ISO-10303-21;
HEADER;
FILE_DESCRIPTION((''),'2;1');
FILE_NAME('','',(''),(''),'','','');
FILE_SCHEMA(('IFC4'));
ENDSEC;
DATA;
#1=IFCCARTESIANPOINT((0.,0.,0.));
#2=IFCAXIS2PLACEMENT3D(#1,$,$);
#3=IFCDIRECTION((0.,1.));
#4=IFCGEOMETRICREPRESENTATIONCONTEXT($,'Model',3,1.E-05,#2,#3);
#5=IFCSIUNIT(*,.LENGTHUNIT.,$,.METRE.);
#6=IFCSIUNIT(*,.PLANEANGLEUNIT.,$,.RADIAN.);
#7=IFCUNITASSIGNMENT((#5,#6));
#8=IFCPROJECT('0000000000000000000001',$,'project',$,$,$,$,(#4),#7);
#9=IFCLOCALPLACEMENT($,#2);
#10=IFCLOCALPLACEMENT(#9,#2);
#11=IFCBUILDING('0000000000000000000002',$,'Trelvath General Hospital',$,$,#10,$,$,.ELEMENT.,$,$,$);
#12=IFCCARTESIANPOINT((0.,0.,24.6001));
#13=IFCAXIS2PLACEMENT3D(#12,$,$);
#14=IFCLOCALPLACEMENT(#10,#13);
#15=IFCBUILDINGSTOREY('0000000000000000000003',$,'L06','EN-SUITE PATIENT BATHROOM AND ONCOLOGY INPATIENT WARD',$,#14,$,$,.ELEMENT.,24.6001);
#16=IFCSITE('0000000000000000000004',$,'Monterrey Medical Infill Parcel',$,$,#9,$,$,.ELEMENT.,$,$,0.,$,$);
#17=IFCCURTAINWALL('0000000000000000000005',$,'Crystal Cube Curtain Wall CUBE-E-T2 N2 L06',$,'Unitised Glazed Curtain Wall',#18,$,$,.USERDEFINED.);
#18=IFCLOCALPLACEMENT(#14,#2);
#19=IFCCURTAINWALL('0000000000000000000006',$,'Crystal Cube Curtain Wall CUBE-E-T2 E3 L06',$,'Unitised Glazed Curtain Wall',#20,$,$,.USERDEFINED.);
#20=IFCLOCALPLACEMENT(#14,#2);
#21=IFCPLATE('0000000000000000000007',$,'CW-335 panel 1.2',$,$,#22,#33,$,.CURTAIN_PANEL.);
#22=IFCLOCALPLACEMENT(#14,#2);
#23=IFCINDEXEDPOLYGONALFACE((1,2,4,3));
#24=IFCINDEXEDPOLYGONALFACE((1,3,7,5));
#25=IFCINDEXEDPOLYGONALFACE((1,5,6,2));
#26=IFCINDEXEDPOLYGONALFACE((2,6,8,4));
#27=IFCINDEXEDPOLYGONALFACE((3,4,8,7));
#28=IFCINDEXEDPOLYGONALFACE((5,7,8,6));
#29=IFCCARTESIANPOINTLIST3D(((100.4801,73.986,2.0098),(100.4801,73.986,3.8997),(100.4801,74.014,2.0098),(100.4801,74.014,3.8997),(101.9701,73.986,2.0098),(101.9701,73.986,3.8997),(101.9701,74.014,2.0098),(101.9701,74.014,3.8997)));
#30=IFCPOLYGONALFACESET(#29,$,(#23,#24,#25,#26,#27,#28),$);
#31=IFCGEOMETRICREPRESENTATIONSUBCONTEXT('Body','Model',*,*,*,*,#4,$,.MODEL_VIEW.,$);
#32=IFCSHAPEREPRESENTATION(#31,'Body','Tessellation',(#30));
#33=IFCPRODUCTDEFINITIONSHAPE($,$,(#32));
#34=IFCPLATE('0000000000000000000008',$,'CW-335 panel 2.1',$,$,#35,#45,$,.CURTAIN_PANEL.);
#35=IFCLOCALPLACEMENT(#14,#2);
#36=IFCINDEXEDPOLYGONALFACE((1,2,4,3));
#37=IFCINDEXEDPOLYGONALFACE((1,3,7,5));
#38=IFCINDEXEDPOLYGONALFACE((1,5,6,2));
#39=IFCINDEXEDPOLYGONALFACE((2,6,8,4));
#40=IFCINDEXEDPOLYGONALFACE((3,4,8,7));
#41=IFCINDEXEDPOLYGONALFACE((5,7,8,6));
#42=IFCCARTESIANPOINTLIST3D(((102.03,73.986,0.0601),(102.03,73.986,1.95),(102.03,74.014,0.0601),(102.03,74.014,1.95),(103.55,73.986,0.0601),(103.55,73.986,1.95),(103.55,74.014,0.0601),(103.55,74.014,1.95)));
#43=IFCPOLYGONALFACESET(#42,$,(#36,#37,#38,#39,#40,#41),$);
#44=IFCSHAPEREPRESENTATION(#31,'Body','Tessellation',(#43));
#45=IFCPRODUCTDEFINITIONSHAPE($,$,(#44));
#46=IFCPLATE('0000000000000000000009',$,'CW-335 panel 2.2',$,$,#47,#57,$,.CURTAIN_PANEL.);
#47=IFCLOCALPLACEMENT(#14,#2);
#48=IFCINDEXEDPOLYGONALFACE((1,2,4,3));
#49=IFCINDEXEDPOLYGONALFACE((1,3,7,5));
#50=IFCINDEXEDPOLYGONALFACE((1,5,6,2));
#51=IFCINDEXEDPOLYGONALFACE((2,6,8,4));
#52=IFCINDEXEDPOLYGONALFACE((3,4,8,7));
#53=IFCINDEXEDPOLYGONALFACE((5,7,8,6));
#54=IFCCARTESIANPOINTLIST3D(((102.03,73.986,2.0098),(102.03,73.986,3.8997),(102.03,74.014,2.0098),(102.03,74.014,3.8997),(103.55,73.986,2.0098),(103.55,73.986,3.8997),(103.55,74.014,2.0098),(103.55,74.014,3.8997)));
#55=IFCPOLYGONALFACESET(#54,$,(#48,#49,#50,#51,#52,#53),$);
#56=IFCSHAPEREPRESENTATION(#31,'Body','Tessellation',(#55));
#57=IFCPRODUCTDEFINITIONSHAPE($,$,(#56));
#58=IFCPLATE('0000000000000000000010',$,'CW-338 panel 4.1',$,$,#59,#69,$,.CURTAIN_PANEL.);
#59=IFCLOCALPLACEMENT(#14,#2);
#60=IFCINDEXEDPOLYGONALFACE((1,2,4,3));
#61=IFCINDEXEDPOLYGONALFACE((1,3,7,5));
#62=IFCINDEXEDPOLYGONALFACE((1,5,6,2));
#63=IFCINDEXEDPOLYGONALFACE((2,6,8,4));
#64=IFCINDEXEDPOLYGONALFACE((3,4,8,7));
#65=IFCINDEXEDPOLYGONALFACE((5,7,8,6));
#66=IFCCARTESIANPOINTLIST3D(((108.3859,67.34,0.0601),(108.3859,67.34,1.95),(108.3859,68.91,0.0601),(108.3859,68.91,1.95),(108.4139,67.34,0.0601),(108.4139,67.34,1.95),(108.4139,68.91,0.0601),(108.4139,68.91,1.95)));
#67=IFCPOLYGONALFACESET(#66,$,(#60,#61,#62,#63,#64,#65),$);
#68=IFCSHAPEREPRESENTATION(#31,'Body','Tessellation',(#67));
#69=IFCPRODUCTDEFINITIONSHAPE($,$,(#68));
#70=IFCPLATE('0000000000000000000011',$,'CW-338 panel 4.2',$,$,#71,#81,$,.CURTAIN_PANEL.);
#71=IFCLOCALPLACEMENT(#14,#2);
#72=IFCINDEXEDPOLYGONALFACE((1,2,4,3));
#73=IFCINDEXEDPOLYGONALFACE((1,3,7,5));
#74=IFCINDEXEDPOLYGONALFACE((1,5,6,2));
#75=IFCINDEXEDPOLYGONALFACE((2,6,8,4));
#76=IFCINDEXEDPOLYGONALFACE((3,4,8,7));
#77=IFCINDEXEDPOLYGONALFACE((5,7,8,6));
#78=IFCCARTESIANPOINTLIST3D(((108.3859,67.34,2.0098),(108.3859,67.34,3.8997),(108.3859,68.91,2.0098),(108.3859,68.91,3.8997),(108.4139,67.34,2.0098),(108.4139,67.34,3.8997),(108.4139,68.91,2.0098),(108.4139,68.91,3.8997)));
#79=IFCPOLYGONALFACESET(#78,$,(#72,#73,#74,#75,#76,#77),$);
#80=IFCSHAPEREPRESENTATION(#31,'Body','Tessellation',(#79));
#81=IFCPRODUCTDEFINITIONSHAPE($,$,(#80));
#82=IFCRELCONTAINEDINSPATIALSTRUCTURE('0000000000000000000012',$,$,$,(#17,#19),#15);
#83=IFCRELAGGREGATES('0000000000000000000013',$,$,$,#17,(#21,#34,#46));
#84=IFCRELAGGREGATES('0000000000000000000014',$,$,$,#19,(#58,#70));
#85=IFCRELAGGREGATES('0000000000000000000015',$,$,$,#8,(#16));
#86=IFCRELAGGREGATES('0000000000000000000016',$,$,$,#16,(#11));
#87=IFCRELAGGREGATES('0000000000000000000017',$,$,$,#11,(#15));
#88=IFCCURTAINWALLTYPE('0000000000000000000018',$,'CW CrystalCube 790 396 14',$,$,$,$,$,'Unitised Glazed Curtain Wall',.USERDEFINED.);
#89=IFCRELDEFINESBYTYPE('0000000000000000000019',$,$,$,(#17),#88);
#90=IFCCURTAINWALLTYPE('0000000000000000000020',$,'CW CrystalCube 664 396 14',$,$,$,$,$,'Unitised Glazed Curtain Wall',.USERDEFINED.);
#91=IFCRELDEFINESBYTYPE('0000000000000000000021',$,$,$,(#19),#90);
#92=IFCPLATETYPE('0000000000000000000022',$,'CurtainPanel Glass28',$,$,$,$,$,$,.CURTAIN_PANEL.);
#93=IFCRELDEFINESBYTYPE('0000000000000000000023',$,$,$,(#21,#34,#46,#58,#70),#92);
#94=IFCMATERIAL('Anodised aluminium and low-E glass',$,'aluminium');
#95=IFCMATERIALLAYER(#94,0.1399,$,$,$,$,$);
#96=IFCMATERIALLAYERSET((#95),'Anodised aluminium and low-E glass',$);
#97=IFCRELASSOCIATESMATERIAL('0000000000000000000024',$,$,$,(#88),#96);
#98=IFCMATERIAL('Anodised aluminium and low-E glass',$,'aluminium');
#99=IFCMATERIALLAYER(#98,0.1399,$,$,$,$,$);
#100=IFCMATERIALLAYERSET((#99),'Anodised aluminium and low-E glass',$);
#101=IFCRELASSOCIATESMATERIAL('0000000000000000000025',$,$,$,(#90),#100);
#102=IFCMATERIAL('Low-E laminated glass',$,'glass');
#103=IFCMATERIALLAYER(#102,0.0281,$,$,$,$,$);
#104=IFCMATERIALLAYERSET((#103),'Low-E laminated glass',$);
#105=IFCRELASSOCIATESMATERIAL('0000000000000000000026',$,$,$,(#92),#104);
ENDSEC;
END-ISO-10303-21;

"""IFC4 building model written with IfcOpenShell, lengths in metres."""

from ifc_helpers import new_model, si_unit, direction, frame, origin, origin_2d, place, context, subcontext, project, spatial, rectangle, extrude, material, layer, layer_set, type_object, element, aggregate, save


model = new_model("IFC4")

# Units and contexts
model_context = context("Model", 3, precision=1e-05, world=origin(), true_north=direction((0.0, 1.0)))
body_context = subcontext(model_context, "Body", "Model", "MODEL_VIEW")
ifc_project = project(units=[si_unit("LENGTHUNIT", "METRE"), si_unit("PLANEANGLEUNIT", "RADIAN")], contexts=[model_context])

# Site, building, storey
site_placement = place(None, origin())
site = spatial("IfcSite", under=ifc_project, at=site_placement, Name="Monterrey Medical Infill Parcel", CompositionType="ELEMENT", RefElevation=0.0)
building_placement = place(site_placement, origin())
building = spatial("IfcBuilding", under=site, at=building_placement, Name="Trelvath General Hospital", CompositionType="ELEMENT")
storey_placement = place(building_placement, frame((0.0, 0.0, 24.6001)))
storey = spatial("IfcBuildingStorey", under=building, at=storey_placement, Name="L06", Description="EN-SUITE PATIENT BATHROOM AND ONCOLOGY INPATIENT WARD", CompositionType="ELEMENT", Elevation=24.6001)

# Shared definitions
ifc_material_1 = material(Name="Anodised aluminium and low-E glass", Category="aluminium")
ifc_layer_1 = layer(ifc_material_1, 0.1399)
ifc_layer_set_1 = layer_set([ifc_layer_1], Name="Anodised aluminium and low-E glass")
curtain_wall_type_1 = type_object("IfcCurtainWallType", Name="CW CrystalCube 790 396 14", ElementType="Unitised Glazed Curtain Wall", PredefinedType="USERDEFINED", material=ifc_layer_set_1)

# Curtain walls
curtain_wall_1_placement = place(storey_placement, origin())
curtain_wall_1 = element("IfcCurtainWall", 1, at=curtain_wall_1_placement, inside=storey, type_object=curtain_wall_type_1, Name="Crystal Cube Curtain Wall CUBE-E-T2 N2 L06", ObjectType="Unitised Glazed Curtain Wall", PredefinedType="USERDEFINED")
ifc_material_2 = material(Name="Anodised aluminium and low-E glass", Category="aluminium")
ifc_layer_2 = layer(ifc_material_2, 0.1399)
ifc_layer_set_2 = layer_set([ifc_layer_2], Name="Anodised aluminium and low-E glass")
curtain_wall_type_2 = type_object("IfcCurtainWallType", Name="CW CrystalCube 664 396 14", ElementType="Unitised Glazed Curtain Wall", PredefinedType="USERDEFINED", material=ifc_layer_set_2)
curtain_wall_2_placement = place(storey_placement, origin())
curtain_wall_2 = element("IfcCurtainWall", 2, at=curtain_wall_2_placement, inside=storey, type_object=curtain_wall_type_2, Name="Crystal Cube Curtain Wall CUBE-E-T2 E3 L06", ObjectType="Unitised Glazed Curtain Wall", PredefinedType="USERDEFINED")

# Plates
ifc_material_3 = material(Name="Low-E laminated glass", Category="glass")
ifc_layer_3 = layer(ifc_material_3, 0.0281)
ifc_layer_set_3 = layer_set([ifc_layer_3], Name="Low-E laminated glass")
plate_type = type_object("IfcPlateType", Name="CurtainPanel Glass28", PredefinedType="CURTAIN_PANEL", material=ifc_layer_set_3)
plate_1_placement = place(storey_placement, frame((101.2251, 74.0, 2.0098), z_axis=(0.0, 0.0, 1.0), x_axis=(1.0, 0.0, 0.0)))
plate_1 = element("IfcPlate", 3, at=plate_1_placement, type_object=plate_type, Name="CW-335 panel 1.2", PredefinedType="CURTAIN_PANEL", context=body_context, shape_type="SweptSolid", body=[
    extrude(rectangle(XDim=1.49, YDim=0.0281, at=origin_2d()), origin(), (0.0, 0.0, 1.0), 1.8899),
])
plate_2_placement = place(storey_placement, frame((102.79, 74.0, 0.0601), z_axis=(0.0, 0.0, 1.0), x_axis=(1.0, 0.0, 0.0)))
plate_2 = element("IfcPlate", 4, at=plate_2_placement, type_object=plate_type, Name="CW-335 panel 2.1", PredefinedType="CURTAIN_PANEL", context=body_context, shape_type="SweptSolid", body=[
    extrude(rectangle(XDim=1.52, YDim=0.0281, at=origin_2d()), origin(), (0.0, 0.0, 1.0), 1.8899),
])
plate_3_placement = place(storey_placement, frame((102.79, 74.0, 2.0098), z_axis=(0.0, 0.0, 1.0), x_axis=(1.0, 0.0, 0.0)))
plate_3 = element("IfcPlate", 5, at=plate_3_placement, type_object=plate_type, Name="CW-335 panel 2.2", PredefinedType="CURTAIN_PANEL", context=body_context, shape_type="SweptSolid", body=[
    extrude(rectangle(XDim=1.52, YDim=0.0281, at=origin_2d()), origin(), (0.0, 0.0, 1.0), 1.8899),
])
aggregate(curtain_wall_1, [plate_1, plate_2, plate_3])
plate_4_placement = place(storey_placement, frame((108.3999, 68.125, 0.0601), z_axis=(0.0, 0.0, 1.0), x_axis=(0.0, -1.0, 0.0)))
plate_4 = element("IfcPlate", 6, at=plate_4_placement, type_object=plate_type, Name="CW-338 panel 4.1", PredefinedType="CURTAIN_PANEL", context=body_context, shape_type="SweptSolid", body=[
    extrude(rectangle(XDim=1.5701, YDim=0.0281, at=origin_2d()), origin(), (0.0, 0.0, 1.0), 1.8899),
])
plate_5_placement = place(storey_placement, frame((108.3999, 68.125, 2.0098), z_axis=(0.0, 0.0, 1.0), x_axis=(0.0, -1.0, 0.0)))
plate_5 = element("IfcPlate", 7, at=plate_5_placement, type_object=plate_type, Name="CW-338 panel 4.2", PredefinedType="CURTAIN_PANEL", context=body_context, shape_type="SweptSolid", body=[
    extrude(rectangle(XDim=1.5701, YDim=0.0281, at=origin_2d()), origin(), (0.0, 0.0, 1.0), 1.8899),
])
aggregate(curtain_wall_2, [plate_4, plate_5])

save(model, "model.ifc")
